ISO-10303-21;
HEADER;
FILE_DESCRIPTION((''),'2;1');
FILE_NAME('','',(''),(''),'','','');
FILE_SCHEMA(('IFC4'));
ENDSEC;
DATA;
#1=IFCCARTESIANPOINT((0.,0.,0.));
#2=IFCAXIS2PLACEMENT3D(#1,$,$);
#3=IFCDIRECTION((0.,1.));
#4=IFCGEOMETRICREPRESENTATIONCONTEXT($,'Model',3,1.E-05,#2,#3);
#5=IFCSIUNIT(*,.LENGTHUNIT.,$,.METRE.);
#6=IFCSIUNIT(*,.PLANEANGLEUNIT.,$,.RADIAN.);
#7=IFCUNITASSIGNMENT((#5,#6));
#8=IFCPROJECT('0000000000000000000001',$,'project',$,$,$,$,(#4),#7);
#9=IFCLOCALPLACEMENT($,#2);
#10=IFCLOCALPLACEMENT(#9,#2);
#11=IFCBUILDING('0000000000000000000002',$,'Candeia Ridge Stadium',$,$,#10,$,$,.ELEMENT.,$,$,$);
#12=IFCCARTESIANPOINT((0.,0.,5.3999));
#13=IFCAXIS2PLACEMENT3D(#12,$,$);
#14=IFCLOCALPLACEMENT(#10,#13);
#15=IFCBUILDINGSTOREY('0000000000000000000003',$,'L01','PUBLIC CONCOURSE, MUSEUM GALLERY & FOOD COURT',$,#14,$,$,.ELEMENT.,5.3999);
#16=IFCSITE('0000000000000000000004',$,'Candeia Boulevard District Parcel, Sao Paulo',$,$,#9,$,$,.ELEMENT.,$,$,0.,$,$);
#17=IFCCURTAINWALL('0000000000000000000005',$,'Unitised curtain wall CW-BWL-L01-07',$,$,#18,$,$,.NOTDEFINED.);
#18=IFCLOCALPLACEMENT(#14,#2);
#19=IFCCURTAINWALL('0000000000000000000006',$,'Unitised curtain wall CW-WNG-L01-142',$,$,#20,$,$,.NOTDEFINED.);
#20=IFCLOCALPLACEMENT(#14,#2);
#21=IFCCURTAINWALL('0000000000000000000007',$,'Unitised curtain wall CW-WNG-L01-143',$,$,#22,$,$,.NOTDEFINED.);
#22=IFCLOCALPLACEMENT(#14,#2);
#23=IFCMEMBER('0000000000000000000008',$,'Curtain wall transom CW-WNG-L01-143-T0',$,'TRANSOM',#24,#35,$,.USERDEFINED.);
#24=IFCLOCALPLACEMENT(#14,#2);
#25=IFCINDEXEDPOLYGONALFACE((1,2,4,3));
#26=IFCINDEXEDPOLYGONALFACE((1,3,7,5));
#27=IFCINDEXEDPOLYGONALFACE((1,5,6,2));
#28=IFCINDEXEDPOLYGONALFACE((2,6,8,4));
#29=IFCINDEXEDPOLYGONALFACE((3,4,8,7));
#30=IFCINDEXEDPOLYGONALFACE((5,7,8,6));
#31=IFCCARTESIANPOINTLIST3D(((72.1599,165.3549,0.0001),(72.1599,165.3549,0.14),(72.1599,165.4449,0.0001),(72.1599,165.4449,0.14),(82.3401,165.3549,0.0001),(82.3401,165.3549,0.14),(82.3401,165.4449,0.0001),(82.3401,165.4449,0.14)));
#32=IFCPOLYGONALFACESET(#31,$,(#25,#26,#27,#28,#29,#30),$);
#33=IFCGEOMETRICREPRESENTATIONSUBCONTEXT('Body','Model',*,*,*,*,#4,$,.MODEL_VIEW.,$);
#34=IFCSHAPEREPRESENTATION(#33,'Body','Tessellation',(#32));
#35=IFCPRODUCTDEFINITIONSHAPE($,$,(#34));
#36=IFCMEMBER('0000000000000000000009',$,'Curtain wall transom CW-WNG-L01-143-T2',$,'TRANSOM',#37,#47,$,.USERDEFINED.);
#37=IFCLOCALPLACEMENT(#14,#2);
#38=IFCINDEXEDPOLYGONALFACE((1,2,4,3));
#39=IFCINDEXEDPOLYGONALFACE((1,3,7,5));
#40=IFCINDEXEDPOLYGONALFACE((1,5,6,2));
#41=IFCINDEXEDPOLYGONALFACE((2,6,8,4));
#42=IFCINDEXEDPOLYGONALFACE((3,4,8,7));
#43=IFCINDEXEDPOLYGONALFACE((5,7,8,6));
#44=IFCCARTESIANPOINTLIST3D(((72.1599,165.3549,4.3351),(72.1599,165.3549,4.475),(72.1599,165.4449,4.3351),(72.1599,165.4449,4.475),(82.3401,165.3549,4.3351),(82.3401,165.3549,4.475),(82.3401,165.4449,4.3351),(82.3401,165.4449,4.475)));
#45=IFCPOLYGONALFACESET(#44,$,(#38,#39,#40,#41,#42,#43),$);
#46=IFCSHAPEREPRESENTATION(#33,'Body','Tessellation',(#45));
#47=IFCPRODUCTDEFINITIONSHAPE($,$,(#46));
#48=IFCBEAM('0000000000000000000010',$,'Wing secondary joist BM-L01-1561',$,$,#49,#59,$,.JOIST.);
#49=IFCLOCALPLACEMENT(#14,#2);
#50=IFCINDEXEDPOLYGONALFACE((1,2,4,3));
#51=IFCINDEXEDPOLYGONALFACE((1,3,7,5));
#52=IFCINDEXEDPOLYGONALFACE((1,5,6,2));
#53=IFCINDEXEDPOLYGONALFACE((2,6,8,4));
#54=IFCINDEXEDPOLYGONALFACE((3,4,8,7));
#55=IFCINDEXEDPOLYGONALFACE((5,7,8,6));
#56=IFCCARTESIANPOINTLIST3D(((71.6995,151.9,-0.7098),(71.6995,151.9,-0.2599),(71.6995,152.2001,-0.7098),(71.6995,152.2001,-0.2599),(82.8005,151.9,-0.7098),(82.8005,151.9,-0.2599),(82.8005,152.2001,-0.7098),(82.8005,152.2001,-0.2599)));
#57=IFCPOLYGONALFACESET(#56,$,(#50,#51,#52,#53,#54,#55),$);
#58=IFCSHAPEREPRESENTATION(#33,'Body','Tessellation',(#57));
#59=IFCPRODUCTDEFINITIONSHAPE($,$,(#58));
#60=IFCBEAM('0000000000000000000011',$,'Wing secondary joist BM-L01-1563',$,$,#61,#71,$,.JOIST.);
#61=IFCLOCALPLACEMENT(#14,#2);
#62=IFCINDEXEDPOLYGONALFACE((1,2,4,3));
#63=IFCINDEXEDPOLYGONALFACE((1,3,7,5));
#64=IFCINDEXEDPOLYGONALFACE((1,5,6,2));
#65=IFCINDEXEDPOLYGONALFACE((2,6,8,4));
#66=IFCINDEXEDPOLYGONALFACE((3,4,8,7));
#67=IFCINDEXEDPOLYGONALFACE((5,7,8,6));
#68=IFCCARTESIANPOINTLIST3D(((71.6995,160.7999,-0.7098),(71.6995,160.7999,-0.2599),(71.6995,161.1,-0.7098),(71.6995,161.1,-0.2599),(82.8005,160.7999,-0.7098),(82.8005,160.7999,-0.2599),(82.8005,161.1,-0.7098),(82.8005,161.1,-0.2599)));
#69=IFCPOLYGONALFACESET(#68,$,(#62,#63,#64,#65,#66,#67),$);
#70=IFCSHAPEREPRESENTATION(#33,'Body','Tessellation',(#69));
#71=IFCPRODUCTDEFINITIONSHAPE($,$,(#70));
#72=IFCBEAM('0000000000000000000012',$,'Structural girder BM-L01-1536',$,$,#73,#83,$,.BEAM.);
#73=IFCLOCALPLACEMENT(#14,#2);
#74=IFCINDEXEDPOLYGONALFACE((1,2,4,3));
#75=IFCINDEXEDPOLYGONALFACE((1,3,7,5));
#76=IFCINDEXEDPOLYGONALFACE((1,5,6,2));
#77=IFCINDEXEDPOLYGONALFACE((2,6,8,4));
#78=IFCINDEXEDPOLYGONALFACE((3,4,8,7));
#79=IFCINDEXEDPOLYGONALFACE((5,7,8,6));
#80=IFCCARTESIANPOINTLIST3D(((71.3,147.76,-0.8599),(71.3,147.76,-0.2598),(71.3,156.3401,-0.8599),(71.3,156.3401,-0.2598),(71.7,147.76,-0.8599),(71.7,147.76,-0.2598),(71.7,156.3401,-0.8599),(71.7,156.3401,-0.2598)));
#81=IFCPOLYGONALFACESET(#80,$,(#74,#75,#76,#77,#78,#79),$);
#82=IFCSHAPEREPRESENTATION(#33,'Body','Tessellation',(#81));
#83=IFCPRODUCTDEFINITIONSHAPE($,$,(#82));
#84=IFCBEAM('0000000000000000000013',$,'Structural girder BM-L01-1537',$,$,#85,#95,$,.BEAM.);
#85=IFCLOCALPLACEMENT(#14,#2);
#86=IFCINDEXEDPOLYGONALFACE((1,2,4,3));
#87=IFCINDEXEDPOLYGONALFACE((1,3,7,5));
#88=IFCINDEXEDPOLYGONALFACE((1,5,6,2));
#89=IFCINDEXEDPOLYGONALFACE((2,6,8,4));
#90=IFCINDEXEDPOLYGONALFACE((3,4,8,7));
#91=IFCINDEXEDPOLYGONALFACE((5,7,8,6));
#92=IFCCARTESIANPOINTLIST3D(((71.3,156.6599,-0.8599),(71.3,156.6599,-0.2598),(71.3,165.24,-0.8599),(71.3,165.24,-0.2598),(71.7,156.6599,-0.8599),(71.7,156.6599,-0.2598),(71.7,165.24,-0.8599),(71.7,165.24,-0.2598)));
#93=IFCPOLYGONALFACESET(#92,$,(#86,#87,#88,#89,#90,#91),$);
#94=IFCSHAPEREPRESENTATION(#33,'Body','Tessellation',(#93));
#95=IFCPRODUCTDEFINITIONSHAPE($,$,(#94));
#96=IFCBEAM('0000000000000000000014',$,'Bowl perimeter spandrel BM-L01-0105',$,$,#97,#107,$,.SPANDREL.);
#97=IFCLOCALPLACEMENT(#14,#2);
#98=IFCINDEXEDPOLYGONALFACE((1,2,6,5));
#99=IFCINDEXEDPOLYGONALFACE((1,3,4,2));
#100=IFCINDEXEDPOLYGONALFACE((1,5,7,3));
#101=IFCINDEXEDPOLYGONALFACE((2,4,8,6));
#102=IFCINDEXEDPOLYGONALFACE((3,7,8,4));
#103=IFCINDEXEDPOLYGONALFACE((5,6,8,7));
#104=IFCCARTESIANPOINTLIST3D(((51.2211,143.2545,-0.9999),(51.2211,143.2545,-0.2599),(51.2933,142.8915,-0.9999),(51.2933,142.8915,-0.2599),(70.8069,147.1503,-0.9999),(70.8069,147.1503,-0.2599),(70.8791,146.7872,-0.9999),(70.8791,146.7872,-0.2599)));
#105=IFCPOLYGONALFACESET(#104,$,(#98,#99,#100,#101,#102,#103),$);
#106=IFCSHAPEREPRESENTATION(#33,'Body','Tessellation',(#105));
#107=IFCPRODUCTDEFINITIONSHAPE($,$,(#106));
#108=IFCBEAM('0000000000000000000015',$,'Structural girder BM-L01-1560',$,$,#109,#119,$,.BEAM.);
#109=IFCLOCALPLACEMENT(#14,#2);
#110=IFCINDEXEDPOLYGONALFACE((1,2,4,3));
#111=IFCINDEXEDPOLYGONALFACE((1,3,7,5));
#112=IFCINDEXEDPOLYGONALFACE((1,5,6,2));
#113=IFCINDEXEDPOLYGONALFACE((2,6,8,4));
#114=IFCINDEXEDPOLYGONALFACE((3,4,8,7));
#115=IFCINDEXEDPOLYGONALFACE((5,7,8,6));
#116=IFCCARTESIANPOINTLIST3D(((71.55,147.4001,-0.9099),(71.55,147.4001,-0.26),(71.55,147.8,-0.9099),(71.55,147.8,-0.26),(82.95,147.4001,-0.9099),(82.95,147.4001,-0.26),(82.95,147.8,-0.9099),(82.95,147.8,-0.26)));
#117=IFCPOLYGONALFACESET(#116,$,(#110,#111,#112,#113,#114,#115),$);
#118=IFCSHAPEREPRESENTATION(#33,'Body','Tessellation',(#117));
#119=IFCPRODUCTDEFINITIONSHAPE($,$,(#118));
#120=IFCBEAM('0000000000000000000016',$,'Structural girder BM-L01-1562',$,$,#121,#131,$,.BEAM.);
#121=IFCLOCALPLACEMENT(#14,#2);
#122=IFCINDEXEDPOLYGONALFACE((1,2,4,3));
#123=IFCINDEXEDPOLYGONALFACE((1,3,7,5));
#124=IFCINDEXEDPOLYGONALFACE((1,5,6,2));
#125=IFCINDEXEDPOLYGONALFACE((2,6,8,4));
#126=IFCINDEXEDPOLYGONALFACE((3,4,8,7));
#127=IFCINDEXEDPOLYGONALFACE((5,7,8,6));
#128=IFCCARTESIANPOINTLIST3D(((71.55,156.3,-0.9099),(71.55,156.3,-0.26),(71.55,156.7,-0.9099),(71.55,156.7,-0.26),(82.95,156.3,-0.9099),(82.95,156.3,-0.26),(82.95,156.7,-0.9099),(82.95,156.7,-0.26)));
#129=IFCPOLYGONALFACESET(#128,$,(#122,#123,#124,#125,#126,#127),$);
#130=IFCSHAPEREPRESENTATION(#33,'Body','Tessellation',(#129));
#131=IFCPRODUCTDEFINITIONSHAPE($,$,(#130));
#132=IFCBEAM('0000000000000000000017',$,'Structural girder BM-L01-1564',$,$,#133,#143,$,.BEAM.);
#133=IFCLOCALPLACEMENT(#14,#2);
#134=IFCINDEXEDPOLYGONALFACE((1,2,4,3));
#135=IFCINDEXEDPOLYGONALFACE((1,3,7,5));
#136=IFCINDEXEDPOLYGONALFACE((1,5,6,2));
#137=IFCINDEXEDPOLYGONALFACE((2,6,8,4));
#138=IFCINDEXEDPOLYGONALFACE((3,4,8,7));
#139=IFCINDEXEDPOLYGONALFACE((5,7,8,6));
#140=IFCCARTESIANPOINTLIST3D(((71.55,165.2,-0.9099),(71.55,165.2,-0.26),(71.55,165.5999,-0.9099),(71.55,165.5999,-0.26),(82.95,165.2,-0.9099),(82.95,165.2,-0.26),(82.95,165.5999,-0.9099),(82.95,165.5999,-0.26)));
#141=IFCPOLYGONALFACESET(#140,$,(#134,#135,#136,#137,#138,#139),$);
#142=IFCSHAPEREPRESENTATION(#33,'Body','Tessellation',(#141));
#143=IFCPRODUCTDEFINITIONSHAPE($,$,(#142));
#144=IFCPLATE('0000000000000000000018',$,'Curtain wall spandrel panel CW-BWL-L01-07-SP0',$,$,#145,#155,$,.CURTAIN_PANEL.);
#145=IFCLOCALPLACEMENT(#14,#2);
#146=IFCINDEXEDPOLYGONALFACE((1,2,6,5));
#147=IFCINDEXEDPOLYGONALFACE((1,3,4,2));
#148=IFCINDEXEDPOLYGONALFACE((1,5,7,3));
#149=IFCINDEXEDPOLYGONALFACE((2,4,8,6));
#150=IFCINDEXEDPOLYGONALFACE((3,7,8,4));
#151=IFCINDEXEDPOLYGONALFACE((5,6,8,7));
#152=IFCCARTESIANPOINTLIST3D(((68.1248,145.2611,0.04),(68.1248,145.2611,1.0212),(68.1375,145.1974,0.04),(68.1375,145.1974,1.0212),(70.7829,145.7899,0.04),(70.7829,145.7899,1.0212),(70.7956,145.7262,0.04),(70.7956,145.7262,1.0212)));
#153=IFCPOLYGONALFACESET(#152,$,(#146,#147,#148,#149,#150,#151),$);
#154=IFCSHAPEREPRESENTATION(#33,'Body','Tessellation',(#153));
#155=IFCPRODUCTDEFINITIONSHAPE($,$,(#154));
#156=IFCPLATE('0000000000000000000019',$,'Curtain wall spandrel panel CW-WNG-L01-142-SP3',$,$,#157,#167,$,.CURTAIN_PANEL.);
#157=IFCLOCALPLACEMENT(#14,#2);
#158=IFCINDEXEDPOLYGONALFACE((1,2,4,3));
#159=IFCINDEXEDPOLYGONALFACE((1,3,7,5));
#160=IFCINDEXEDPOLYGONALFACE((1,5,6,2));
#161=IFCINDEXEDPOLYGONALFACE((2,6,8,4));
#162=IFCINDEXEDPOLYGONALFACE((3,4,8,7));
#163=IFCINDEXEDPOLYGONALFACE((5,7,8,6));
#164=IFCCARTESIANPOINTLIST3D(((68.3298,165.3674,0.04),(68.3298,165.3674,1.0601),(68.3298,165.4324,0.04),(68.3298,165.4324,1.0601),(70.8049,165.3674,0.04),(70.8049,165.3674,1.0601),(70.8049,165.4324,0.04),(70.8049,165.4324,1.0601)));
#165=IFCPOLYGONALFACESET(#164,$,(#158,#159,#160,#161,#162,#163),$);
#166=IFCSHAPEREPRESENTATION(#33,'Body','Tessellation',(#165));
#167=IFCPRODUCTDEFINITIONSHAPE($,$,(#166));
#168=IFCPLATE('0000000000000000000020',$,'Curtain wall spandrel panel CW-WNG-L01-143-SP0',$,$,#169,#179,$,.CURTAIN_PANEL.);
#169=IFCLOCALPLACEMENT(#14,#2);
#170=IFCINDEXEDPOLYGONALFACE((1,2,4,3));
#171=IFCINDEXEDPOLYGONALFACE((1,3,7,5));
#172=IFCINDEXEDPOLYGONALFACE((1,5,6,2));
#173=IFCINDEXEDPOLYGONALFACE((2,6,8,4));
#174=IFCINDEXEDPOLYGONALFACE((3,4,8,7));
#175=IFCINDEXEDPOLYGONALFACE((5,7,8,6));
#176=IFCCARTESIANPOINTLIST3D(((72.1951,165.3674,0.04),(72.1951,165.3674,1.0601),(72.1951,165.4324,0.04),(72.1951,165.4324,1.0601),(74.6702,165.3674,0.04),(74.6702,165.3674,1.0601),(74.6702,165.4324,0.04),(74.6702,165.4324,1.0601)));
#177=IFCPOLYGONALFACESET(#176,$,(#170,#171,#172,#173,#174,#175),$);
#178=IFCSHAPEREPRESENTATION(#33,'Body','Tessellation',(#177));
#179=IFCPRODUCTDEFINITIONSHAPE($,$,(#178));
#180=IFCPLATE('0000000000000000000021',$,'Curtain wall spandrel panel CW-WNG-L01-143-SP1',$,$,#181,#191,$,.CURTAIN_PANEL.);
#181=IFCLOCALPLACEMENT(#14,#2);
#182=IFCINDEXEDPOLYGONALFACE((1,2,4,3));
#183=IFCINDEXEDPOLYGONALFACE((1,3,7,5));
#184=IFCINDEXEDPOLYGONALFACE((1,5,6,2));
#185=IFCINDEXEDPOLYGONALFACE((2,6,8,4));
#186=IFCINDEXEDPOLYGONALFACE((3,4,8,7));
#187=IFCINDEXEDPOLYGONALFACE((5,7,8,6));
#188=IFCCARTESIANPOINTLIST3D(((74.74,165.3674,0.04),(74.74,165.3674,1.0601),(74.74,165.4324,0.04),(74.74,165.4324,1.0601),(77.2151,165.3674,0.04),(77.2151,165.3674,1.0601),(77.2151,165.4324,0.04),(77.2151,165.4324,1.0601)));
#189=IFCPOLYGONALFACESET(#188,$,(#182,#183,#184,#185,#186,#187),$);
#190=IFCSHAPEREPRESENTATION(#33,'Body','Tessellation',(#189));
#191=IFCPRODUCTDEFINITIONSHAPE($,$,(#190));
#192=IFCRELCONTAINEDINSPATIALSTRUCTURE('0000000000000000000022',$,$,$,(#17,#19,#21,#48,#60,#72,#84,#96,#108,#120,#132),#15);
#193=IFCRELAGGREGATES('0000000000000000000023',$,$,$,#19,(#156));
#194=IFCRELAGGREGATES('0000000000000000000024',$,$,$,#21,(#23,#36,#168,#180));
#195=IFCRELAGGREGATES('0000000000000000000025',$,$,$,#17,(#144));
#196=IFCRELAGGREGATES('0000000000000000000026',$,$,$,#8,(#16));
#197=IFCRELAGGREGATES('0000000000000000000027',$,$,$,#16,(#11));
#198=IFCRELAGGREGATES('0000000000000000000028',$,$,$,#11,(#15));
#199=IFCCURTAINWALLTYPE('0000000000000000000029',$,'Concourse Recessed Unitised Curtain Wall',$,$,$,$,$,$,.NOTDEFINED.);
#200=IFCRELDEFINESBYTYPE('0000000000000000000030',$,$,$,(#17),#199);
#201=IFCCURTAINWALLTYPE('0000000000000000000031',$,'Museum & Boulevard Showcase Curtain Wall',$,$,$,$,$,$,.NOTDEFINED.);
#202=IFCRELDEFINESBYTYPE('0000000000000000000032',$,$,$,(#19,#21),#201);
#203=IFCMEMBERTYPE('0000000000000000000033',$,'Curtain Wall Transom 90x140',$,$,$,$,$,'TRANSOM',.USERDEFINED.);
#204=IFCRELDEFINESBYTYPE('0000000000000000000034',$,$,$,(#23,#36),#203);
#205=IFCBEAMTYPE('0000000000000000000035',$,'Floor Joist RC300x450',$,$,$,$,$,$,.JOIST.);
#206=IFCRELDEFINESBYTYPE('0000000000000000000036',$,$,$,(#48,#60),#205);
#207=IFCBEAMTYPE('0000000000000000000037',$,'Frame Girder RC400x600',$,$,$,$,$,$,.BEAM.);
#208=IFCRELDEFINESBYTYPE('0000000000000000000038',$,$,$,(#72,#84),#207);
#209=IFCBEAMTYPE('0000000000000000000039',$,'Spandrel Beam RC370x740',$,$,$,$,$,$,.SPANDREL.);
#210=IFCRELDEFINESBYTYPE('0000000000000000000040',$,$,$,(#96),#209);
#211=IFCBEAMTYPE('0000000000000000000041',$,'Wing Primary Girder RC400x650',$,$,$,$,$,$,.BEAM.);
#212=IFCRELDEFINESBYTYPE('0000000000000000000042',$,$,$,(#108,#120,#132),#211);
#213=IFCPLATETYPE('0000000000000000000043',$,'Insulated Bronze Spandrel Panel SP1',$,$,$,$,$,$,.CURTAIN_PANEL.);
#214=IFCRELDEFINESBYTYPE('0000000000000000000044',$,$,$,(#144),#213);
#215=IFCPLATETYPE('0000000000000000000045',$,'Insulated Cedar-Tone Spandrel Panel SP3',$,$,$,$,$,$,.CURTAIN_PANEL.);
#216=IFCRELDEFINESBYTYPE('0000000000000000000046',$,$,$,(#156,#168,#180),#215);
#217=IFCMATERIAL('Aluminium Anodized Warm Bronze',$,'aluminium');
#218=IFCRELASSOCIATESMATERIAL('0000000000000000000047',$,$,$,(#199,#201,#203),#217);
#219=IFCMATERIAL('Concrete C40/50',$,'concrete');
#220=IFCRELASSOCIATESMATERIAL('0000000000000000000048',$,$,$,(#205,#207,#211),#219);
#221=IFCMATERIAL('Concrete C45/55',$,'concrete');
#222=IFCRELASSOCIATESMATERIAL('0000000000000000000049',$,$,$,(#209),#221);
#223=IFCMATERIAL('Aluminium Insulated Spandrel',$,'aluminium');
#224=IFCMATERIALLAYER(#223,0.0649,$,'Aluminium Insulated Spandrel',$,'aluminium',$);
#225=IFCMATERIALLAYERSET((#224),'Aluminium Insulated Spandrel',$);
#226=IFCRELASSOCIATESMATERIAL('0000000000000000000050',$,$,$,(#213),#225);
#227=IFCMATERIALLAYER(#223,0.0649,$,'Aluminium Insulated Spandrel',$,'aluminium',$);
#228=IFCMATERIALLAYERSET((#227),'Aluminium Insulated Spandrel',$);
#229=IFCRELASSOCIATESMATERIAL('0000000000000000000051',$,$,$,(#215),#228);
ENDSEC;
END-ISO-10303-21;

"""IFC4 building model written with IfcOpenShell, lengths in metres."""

from ifc_helpers import new_model, si_unit, direction, frame, origin, origin_2d, place, context, subcontext, project, spatial, rectangle, extrude, material, layer, layer_set, material_profile, profile_set, type_object, element, aggregate, save


model = new_model("IFC4")

# Units and contexts
model_context = context("Model", 3, precision=1e-05, world=origin(), true_north=direction((0.0, 1.0)))
body_context = subcontext(model_context, "Body", "Model", "MODEL_VIEW")
ifc_project = project(units=[si_unit("LENGTHUNIT", "METRE"), si_unit("PLANEANGLEUNIT", "RADIAN")], contexts=[model_context])

# Site, building, storey
site_placement = place(None, origin())
site = spatial("IfcSite", under=ifc_project, at=site_placement, Name="Candeia Boulevard District Parcel, Sao Paulo", CompositionType="ELEMENT", RefElevation=0.0)
building_placement = place(site_placement, origin())
building = spatial("IfcBuilding", under=site, at=building_placement, Name="Candeia Ridge Stadium", CompositionType="ELEMENT")
storey_placement = place(building_placement, frame((0.0, 0.0, 5.3999)))
storey = spatial("IfcBuildingStorey", under=building, at=storey_placement, Name="L01", Description="PUBLIC CONCOURSE, MUSEUM GALLERY & FOOD COURT", CompositionType="ELEMENT", Elevation=5.3999)

# Shared definitions
ifc_material_1 = material(Name="Concrete C40/50", Category="concrete")
ifc_material_2 = material(Name="Concrete C45/55", Category="concrete")

# Curtain walls
ifc_material_3 = material(Name="Aluminium Anodized Warm Bronze", Category="aluminium")
curtain_wall_type_1 = type_object("IfcCurtainWallType", Name="Concourse Recessed Unitised Curtain Wall", PredefinedType="NOTDEFINED", material=ifc_material_3)
curtain_wall_1_placement = place(storey_placement, origin())
curtain_wall_1 = element("IfcCurtainWall", 1, at=curtain_wall_1_placement, inside=storey, type_object=curtain_wall_type_1, Name="Unitised curtain wall CW-BWL-L01-07", PredefinedType="NOTDEFINED")
curtain_wall_type_2 = type_object("IfcCurtainWallType", Name="Museum & Boulevard Showcase Curtain Wall", PredefinedType="NOTDEFINED", material=ifc_material_3)
curtain_wall_2_placement = place(storey_placement, origin())
curtain_wall_2 = element("IfcCurtainWall", 2, at=curtain_wall_2_placement, inside=storey, type_object=curtain_wall_type_2, Name="Unitised curtain wall CW-WNG-L01-142", PredefinedType="NOTDEFINED")
curtain_wall_3_placement = place(storey_placement, origin())
curtain_wall_3 = element("IfcCurtainWall", 3, at=curtain_wall_3_placement, inside=storey, type_object=curtain_wall_type_2, Name="Unitised curtain wall CW-WNG-L01-143", PredefinedType="NOTDEFINED")

# Members
ifc_material_profile_1 = material_profile(ifc_material_3, rectangle(XDim=0.0901, YDim=0.1399, at=origin_2d()), Name="CWT-90x140", Category="aluminium")
ifc_profile_set_1 = profile_set([ifc_material_profile_1], Name="Aluminium Anodized Warm Bronze")
member_type_1 = type_object("IfcMemberType", Name="Curtain Wall Transom 90x140", ElementType="TRANSOM", PredefinedType="USERDEFINED", material=ifc_profile_set_1)
member_1_placement = place(storey_placement, frame((72.1599, 165.3999, 0.0701), z_axis=(1.0, 0.0, 0.0), x_axis=(0.0, 1.0, 0.0)))
member_1 = element("IfcMember", 4, at=member_1_placement, type_object=member_type_1, Name="Curtain wall transom CW-WNG-L01-143-T0", ObjectType="TRANSOM", PredefinedType="USERDEFINED", context=body_context, shape_type="SweptSolid", body=[
    extrude(rectangle(XDim=0.0901, YDim=0.1399, at=origin_2d()), origin(), (0.0, 0.0, 1.0), 10.1802),
])
member_2_placement = place(storey_placement, frame((72.1599, 165.3999, 4.405), z_axis=(1.0, 0.0, 0.0), x_axis=(0.0, 1.0, 0.0)))
member_2 = element("IfcMember", 5, at=member_2_placement, type_object=member_type_1, Name="Curtain wall transom CW-WNG-L01-143-T2", ObjectType="TRANSOM", PredefinedType="USERDEFINED", context=body_context, shape_type="SweptSolid", body=[
    extrude(rectangle(XDim=0.0901, YDim=0.1399, at=origin_2d()), origin(), (0.0, 0.0, 1.0), 10.1802),
])

# Beams
ifc_material_profile_2 = material_profile(ifc_material_1, rectangle(XDim=0.3, YDim=0.45, at=origin_2d()), Name="RC300x450", Category="concrete")
ifc_profile_set_2 = profile_set([ifc_material_profile_2], Name="Concrete C40/50")
beam_type_1 = type_object("IfcBeamType", Name="Floor Joist RC300x450", PredefinedType="JOIST", material=ifc_profile_set_2)
for number, where, z_axis, x_axis, name in (
    (6, (71.6995, 152.05, -0.4849), (1.0, 0.0, 0.0), (0.0, 1.0, 0.0), "Wing secondary joist BM-L01-1561"),
    (7, (71.6995, 160.95, -0.4849), (1.0, 0.0, 0.0), (0.0, 1.0, 0.0), "Wing secondary joist BM-L01-1563"),
):
    element("IfcBeam", number, at=place(storey_placement, frame(where, z_axis=z_axis, x_axis=x_axis)), inside=storey, type_object=beam_type_1, Name=name, PredefinedType="JOIST", context=body_context, shape_type="SweptSolid", body=[
        extrude(rectangle(XDim=0.3, YDim=0.45, at=origin_2d()), origin(), (0.0, 0.0, 1.0), 11.1011),
    ])
ifc_material_profile_3 = material_profile(ifc_material_1, rectangle(XDim=0.3999, YDim=0.6001, at=origin_2d()), Name="RC400x600", Category="concrete")
ifc_profile_set_3 = profile_set([ifc_material_profile_3], Name="Concrete C40/50")
beam_type_2 = type_object("IfcBeamType", Name="Frame Girder RC400x600", PredefinedType="BEAM", material=ifc_profile_set_3)
for number, where, z_axis, x_axis, name in (
    (8, (71.5, 147.76, -0.5598), (0.0, 1.0, 0.0), (-1.0, 0.0, 0.0), "Structural girder BM-L01-1536"),
    (9, (71.5, 156.6599, -0.5598), (0.0, 1.0, 0.0), (-1.0, 0.0, 0.0), "Structural girder BM-L01-1537"),
):
    element("IfcBeam", number, at=place(storey_placement, frame(where, z_axis=z_axis, x_axis=x_axis)), inside=storey, type_object=beam_type_2, Name=name, PredefinedType="BEAM", context=body_context, shape_type="SweptSolid", body=[
        extrude(rectangle(XDim=0.3999, YDim=0.6001, at=origin_2d()), origin(), (0.0, 0.0, 1.0), 8.5801),
    ])
ifc_material_profile_4 = material_profile(ifc_material_2, rectangle(XDim=0.3701, YDim=0.74, at=origin_2d()), Name="RC370x740", Category="concrete")
ifc_profile_set_4 = profile_set([ifc_material_profile_4], Name="Concrete C45/55")
beam_type_3 = type_object("IfcBeamType", Name="Spandrel Beam RC370x740", PredefinedType="SPANDREL", material=ifc_profile_set_4)
beam_placement = place(storey_placement, frame((70.843, 146.9688, -0.6299), z_axis=(-0.980786, -0.195086, 0.0), x_axis=(0.195086, -0.980786, 0.0)))
element("IfcBeam", 10, at=beam_placement, inside=storey, type_object=beam_type_3, Name="Bowl perimeter spandrel BM-L01-0105", PredefinedType="SPANDREL", context=body_context, shape_type="SweptSolid", body=[
    extrude(rectangle(XDim=0.3701, YDim=0.74, at=origin_2d()), origin(), (0.0, 0.0, 1.0), 19.9695),
])
ifc_material_profile_5 = material_profile(ifc_material_1, rectangle(XDim=0.3999, YDim=0.6499, at=origin_2d()), Name="RC400x650", Category="concrete")
ifc_profile_set_5 = profile_set([ifc_material_profile_5], Name="Concrete C40/50")
beam_type_4 = type_object("IfcBeamType", Name="Wing Primary Girder RC400x650", PredefinedType="BEAM", material=ifc_profile_set_5)
for number, where, z_axis, x_axis, name in (
    (11, (71.55, 147.6001, -0.585), (1.0, 0.0, 0.0), (0.0, 1.0, 0.0), "Structural girder BM-L01-1560"),
    (12, (71.55, 156.5, -0.585), (1.0, 0.0, 0.0), (0.0, 1.0, 0.0), "Structural girder BM-L01-1562"),
    (13, (71.55, 165.3999, -0.585), (1.0, 0.0, 0.0), (0.0, 1.0, 0.0), "Structural girder BM-L01-1564"),
):
    element("IfcBeam", number, at=place(storey_placement, frame(where, z_axis=z_axis, x_axis=x_axis)), inside=storey, type_object=beam_type_4, Name=name, PredefinedType="BEAM", context=body_context, shape_type="SweptSolid", body=[
        extrude(rectangle(XDim=0.3999, YDim=0.6499, at=origin_2d()), origin(), (0.0, 0.0, 1.0), 11.3999),
    ])

# Plates
ifc_material_4 = material(Name="Aluminium Insulated Spandrel", Category="aluminium")
ifc_layer_1 = layer(ifc_material_4, 0.0649, Name="Aluminium Insulated Spandrel", Category="aluminium")
ifc_layer_set_1 = layer_set([ifc_layer_1], Name="Aluminium Insulated Spandrel")
plate_type_1 = type_object("IfcPlateType", Name="Insulated Bronze Spandrel Panel SP1", PredefinedType="CURTAIN_PANEL", material=ifc_layer_set_1)
plate_1_placement = place(storey_placement, frame((69.4602, 145.4937, 0.04), z_axis=(0.0, 0.0, 1.0), x_axis=(-0.980785, -0.19509, 0.0)))
plate_1 = element("IfcPlate", 14, at=plate_1_placement, type_object=plate_type_1, Name="Curtain wall spandrel panel CW-BWL-L01-07-SP0", PredefinedType="CURTAIN_PANEL", context=body_context, shape_type="SweptSolid", body=[
    extrude(rectangle(XDim=2.7102, YDim=0.0649, at=origin_2d()), origin(), (0.0, 0.0, 1.0), 0.9812),
])
ifc_layer_2 = layer(ifc_material_4, 0.0649, Name="Aluminium Insulated Spandrel", Category="aluminium")
ifc_layer_set_2 = layer_set([ifc_layer_2], Name="Aluminium Insulated Spandrel")
plate_type_2 = type_object("IfcPlateType", Name="Insulated Cedar-Tone Spandrel Panel SP3", PredefinedType="CURTAIN_PANEL", material=ifc_layer_set_2)
plate_2_placement = place(storey_placement, frame((69.5674, 165.3999, 0.04), z_axis=(0.0, 0.0, 1.0), x_axis=(1.0, 0.0, 0.0)))
plate_2 = element("IfcPlate", 15, at=plate_2_placement, type_object=plate_type_2, Name="Curtain wall spandrel panel CW-WNG-L01-142-SP3", PredefinedType="CURTAIN_PANEL", context=body_context, shape_type="SweptSolid", body=[
    extrude(rectangle(XDim=2.4751, YDim=0.0649, at=origin_2d()), origin(), (0.0, 0.0, 1.0), 1.02),
])
plate_3_placement = place(storey_placement, frame((73.4326, 165.3999, 0.04), z_axis=(0.0, 0.0, 1.0), x_axis=(1.0, 0.0, 0.0)))
plate_3 = element("IfcPlate", 16, at=plate_3_placement, type_object=plate_type_2, Name="Curtain wall spandrel panel CW-WNG-L01-143-SP0", PredefinedType="CURTAIN_PANEL", context=body_context, shape_type="SweptSolid", body=[
    extrude(rectangle(XDim=2.4751, YDim=0.0649, at=origin_2d()), origin(), (0.0, 0.0, 1.0), 1.02),
])
plate_4_placement = place(storey_placement, frame((75.9775, 165.3999, 0.04), z_axis=(0.0, 0.0, 1.0), x_axis=(1.0, 0.0, 0.0)))
plate_4 = element("IfcPlate", 17, at=plate_4_placement, type_object=plate_type_2, Name="Curtain wall spandrel panel CW-WNG-L01-143-SP1", PredefinedType="CURTAIN_PANEL", context=body_context, shape_type="SweptSolid", body=[
    extrude(rectangle(XDim=2.4751, YDim=0.0649, at=origin_2d()), origin(), (0.0, 0.0, 1.0), 1.02),
])
aggregate(curtain_wall_2, [plate_2])
aggregate(curtain_wall_3, [member_1, member_2, plate_3, plate_4])
aggregate(curtain_wall_1, [plate_1])

save(model, "model.ifc")
